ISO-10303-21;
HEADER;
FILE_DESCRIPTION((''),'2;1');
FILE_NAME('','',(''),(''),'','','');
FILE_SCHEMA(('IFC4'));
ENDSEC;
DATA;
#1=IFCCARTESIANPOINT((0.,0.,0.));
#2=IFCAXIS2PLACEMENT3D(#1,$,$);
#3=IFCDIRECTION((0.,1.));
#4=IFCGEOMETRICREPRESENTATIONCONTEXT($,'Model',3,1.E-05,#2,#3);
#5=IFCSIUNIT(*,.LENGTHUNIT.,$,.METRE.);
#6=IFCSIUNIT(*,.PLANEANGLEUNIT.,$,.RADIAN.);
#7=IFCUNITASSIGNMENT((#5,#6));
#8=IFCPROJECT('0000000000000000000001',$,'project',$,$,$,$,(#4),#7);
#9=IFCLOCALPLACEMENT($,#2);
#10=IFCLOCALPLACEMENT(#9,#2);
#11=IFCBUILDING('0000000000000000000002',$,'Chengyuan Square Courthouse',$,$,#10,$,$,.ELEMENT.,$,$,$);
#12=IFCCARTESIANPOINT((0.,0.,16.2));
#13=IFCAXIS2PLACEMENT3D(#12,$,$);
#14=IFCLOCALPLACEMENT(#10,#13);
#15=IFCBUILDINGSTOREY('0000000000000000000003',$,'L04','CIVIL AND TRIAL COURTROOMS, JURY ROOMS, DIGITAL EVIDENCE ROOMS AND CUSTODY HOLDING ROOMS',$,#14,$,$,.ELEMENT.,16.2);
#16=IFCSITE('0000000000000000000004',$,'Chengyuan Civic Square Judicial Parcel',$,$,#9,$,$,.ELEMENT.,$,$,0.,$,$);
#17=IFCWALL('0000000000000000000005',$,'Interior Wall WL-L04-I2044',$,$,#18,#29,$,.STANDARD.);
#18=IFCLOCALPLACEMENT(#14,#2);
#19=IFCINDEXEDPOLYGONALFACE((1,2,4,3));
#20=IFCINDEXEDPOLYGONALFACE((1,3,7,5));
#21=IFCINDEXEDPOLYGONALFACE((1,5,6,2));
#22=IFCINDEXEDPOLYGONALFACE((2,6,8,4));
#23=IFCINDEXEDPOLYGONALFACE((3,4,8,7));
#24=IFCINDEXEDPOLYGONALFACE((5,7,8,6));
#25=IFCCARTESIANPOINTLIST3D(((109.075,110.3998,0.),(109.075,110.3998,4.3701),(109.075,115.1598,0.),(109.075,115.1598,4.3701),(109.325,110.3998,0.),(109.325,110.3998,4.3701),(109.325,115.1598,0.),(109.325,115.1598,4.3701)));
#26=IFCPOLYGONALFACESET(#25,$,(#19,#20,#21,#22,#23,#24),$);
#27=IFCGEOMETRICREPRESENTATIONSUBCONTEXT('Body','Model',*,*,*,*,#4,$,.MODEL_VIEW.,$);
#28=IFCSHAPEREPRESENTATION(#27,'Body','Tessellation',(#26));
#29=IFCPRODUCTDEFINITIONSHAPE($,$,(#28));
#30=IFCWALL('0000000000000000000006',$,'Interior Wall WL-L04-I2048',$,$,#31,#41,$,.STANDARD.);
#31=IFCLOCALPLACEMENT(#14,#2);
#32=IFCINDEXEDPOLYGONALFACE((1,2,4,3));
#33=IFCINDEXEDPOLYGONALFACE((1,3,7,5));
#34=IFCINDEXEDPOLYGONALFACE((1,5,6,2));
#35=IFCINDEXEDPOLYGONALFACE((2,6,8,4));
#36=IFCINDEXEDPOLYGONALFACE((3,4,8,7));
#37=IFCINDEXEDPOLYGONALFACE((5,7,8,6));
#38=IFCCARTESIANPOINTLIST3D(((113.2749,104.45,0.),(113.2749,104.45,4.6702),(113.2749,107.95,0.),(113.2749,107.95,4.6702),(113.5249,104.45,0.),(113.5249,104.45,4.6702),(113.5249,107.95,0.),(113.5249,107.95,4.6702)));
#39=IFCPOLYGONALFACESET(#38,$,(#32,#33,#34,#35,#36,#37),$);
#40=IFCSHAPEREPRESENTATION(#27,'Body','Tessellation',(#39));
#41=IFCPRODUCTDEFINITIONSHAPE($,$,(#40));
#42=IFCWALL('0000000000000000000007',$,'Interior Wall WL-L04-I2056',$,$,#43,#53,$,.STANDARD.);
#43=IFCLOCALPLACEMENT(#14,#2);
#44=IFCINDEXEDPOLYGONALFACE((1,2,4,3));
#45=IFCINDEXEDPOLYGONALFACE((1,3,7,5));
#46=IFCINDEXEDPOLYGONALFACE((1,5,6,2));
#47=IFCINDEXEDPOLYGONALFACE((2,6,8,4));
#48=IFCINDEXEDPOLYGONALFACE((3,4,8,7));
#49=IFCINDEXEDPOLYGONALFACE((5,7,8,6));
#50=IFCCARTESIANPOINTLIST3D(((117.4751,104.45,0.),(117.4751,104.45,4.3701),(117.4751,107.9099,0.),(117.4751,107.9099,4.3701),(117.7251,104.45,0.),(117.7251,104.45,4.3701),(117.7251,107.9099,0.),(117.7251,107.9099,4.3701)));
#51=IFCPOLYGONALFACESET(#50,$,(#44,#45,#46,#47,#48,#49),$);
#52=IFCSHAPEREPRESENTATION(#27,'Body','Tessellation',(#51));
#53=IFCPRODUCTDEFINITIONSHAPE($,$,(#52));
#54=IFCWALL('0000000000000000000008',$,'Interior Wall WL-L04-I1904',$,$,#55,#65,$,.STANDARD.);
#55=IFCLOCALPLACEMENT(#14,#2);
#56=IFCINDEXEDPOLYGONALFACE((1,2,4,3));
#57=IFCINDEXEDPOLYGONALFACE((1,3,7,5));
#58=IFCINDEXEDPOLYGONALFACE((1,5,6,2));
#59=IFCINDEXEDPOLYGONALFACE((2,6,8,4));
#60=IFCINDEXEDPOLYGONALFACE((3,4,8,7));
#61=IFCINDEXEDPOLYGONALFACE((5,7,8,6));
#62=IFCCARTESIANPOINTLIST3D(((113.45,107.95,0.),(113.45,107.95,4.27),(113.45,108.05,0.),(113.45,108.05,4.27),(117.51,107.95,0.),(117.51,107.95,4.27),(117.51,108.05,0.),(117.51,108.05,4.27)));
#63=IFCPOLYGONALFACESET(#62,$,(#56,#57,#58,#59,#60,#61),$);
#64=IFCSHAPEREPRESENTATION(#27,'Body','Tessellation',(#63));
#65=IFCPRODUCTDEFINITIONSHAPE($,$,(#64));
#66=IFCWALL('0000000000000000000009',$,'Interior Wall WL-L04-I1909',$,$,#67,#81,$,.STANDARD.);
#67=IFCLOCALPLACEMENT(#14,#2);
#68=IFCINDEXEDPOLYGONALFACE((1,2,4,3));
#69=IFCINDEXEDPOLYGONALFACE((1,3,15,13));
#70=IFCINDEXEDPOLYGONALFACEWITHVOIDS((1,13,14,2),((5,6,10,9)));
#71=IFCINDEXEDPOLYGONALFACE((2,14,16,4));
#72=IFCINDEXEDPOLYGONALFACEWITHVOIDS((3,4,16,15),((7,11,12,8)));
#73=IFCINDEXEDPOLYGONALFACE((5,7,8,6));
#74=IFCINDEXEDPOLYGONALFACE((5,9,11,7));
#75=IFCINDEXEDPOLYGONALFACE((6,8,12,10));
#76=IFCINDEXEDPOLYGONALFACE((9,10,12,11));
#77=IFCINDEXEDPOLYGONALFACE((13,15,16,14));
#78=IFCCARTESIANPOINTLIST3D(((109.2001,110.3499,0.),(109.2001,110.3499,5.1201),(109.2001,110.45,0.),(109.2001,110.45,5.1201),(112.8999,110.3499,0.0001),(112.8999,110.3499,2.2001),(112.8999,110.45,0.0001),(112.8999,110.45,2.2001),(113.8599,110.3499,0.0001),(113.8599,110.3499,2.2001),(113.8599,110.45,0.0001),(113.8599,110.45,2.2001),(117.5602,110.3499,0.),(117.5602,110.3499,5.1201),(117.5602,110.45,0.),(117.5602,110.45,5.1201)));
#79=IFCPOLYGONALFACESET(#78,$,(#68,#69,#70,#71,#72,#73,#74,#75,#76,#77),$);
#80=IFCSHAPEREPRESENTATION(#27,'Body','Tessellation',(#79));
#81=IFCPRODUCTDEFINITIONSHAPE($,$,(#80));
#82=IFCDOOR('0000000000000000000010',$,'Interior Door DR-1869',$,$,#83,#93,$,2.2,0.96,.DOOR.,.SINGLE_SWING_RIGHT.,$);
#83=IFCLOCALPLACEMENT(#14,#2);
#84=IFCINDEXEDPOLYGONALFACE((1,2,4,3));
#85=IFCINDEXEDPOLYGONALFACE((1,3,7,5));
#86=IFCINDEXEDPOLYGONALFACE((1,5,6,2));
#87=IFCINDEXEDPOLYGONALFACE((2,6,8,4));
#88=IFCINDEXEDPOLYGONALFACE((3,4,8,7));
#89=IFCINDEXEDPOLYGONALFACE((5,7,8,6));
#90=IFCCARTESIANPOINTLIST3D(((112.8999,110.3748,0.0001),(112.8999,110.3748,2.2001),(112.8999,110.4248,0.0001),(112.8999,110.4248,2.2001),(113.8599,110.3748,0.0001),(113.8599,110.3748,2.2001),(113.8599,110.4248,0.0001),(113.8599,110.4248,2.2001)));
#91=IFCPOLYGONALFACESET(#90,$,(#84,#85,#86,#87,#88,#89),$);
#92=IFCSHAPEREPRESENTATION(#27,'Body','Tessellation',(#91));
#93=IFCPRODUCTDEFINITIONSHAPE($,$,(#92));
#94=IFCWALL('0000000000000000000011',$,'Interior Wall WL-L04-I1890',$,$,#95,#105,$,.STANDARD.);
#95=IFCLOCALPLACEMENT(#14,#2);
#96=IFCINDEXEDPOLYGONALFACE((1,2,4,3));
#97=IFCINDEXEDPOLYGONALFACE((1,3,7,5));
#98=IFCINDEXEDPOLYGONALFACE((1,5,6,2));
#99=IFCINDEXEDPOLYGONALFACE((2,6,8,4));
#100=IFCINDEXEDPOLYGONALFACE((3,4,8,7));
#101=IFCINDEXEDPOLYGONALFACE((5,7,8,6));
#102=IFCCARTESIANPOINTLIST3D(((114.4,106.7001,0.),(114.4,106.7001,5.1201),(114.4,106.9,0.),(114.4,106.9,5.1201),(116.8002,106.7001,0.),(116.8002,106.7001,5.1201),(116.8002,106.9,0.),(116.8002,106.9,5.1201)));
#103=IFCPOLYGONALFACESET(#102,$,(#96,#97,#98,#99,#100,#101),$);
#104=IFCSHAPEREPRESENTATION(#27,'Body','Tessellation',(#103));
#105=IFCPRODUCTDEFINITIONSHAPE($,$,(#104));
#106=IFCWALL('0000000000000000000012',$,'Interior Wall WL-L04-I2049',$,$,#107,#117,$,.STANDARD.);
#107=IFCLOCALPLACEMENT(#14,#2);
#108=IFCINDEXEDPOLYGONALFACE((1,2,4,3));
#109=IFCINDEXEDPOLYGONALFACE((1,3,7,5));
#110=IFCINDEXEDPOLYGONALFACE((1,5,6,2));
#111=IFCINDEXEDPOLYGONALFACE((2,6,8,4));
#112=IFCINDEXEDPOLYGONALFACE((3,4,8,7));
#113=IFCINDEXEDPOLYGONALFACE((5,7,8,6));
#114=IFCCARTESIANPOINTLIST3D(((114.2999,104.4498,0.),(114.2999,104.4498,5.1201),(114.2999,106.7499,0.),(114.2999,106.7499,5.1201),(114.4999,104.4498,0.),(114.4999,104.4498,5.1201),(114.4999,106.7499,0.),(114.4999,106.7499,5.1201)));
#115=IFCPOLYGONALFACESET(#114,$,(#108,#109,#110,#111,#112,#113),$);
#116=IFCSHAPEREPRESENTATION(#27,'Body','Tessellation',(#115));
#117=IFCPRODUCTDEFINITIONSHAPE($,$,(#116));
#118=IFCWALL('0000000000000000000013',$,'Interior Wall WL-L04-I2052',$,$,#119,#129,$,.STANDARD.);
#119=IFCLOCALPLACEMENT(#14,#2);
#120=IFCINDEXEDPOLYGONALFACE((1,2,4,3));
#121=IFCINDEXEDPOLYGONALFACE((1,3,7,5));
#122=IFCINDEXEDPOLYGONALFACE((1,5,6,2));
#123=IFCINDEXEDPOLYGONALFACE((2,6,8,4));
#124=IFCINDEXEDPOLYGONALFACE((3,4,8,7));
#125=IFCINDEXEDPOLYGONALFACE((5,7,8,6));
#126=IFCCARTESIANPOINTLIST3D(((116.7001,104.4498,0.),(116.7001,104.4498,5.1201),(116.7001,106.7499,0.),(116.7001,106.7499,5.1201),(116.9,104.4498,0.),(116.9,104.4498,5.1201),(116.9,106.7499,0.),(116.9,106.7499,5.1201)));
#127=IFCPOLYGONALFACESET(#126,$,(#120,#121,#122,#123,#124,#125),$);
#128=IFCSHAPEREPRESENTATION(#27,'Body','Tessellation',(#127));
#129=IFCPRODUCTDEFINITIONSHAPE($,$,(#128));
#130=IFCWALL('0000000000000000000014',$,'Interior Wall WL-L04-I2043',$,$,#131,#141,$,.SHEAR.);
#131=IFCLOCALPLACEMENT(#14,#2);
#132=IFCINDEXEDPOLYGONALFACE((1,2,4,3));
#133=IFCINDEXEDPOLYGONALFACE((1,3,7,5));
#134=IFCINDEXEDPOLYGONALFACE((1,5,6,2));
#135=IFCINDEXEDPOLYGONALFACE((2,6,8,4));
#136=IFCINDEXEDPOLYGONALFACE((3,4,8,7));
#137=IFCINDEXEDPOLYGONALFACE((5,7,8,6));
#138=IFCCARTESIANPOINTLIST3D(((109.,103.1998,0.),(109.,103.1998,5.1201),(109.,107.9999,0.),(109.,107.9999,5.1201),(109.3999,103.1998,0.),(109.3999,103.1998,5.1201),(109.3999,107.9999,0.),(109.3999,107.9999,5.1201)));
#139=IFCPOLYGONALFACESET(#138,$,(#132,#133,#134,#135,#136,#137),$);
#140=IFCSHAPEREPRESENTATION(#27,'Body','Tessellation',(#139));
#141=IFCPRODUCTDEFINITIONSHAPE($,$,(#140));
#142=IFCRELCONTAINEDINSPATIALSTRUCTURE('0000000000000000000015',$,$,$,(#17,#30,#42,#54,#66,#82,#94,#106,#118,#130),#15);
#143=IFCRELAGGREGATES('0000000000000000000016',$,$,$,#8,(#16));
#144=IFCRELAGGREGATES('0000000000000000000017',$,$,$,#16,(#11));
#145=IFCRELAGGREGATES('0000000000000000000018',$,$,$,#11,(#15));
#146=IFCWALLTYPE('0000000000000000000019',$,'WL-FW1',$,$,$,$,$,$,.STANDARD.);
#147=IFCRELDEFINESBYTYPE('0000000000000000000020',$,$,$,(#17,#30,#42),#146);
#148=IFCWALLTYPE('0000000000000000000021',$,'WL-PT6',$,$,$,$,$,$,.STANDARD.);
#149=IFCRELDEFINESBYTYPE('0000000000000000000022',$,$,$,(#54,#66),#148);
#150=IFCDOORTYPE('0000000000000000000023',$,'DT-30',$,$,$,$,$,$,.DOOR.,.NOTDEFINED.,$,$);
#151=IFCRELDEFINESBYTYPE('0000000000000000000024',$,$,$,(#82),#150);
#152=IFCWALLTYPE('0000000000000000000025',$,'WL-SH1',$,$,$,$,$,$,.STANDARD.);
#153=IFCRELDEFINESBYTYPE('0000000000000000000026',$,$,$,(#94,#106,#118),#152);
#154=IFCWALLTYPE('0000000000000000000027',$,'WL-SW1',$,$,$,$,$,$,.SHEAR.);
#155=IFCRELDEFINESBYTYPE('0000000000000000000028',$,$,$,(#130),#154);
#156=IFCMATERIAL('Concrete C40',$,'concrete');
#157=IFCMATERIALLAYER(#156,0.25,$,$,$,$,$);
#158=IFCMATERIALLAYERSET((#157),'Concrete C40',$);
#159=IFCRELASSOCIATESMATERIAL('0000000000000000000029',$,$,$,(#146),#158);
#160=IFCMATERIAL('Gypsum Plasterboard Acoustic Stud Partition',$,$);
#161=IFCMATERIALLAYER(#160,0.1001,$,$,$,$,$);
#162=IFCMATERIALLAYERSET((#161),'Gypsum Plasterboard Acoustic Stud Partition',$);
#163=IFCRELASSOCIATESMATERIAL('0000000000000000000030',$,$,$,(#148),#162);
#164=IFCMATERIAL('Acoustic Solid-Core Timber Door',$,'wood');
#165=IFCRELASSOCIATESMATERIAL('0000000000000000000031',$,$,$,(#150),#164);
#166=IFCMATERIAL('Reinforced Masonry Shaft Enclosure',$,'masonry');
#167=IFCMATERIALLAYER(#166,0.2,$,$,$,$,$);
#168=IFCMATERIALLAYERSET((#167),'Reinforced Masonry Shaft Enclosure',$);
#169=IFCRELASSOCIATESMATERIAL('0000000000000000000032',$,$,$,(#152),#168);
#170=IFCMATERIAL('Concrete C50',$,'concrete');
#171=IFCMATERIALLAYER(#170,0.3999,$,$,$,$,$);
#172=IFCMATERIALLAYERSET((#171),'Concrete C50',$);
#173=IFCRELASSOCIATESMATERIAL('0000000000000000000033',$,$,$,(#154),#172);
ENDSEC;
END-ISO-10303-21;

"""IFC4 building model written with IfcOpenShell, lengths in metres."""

from ifc_helpers import new_model, si_unit, direction, frame, frame_2d, origin, place, context, subcontext, project, spatial, rectangle, extrude, material, layer, layer_set, type_object, element, fill, save


model = new_model("IFC4")

# Units and contexts
model_context = context("Model", 3, precision=1e-05, world=origin(), true_north=direction((0.0, 1.0)))
body_context = subcontext(model_context, "Body", "Model", "MODEL_VIEW")
ifc_project = project(units=[si_unit("LENGTHUNIT", "METRE"), si_unit("PLANEANGLEUNIT", "RADIAN")], contexts=[model_context])

# Site, building, storey
site_placement = place(None, origin())
site = spatial("IfcSite", under=ifc_project, at=site_placement, Name="Chengyuan Civic Square Judicial Parcel", CompositionType="ELEMENT", RefElevation=0.0)
building_placement = place(site_placement, origin())
building = spatial("IfcBuilding", under=site, at=building_placement, Name="Chengyuan Square Courthouse", CompositionType="ELEMENT")
storey_placement = place(building_placement, frame((0.0, 0.0, 16.2)))
storey = spatial("IfcBuildingStorey", under=building, at=storey_placement, Name="L04", Description="CIVIL AND TRIAL COURTROOMS, JURY ROOMS, DIGITAL EVIDENCE ROOMS AND CUSTODY HOLDING ROOMS", CompositionType="ELEMENT", Elevation=16.2)

# Shared definitions
ifc_material_1 = material(Name="Concrete C50", Category="concrete")
ifc_material_2 = material(Name="Concrete C40", Category="concrete")

# Shared definitions
ifc_layer_1 = layer(ifc_material_2, 0.25)
ifc_layer_set_1 = layer_set([ifc_layer_1], Name="Concrete C40")
wall_type_1 = type_object("IfcWallType", Name="WL-FW1", PredefinedType="STANDARD", material=ifc_layer_set_1)

# Walls
wall_1_placement = place(storey_placement, frame((109.2, 110.3999, 0.0), z_axis=(0.0, 0.0, 1.0), x_axis=(0.0, 1.0, 0.0)))
element("IfcWall", 1, at=wall_1_placement, inside=storey, type_object=wall_type_1, Name="Interior Wall WL-L04-I2044", PredefinedType="STANDARD", context=body_context, shape_type="SweptSolid", body=[
    extrude(rectangle(XDim=4.76, YDim=0.25, at=frame_2d((2.3799, 0.0))), origin(), (0.0, 0.0, 1.0), 4.3701),
])
wall_2_placement = place(storey_placement, frame((113.3999, 104.45, 0.0), z_axis=(0.0, 0.0, 1.0), x_axis=(0.0, 1.0, 0.0)))
element("IfcWall", 2, at=wall_2_placement, inside=storey, type_object=wall_type_1, Name="Interior Wall WL-L04-I2048", PredefinedType="STANDARD", context=body_context, shape_type="SweptSolid", body=[
    extrude(rectangle(XDim=3.5, YDim=0.25, at=frame_2d((1.75, 0.0))), origin(), (0.0, 0.0, 1.0), 4.6702),
])
wall_3_placement = place(storey_placement, frame((117.6001, 104.45, 0.0), z_axis=(0.0, 0.0, 1.0), x_axis=(0.0, 1.0, 0.0)))
element("IfcWall", 3, at=wall_3_placement, inside=storey, type_object=wall_type_1, Name="Interior Wall WL-L04-I2056", PredefinedType="STANDARD", context=body_context, shape_type="SweptSolid", body=[
    extrude(rectangle(XDim=3.46, YDim=0.25, at=frame_2d((1.73, 0.0))), origin(), (0.0, 0.0, 1.0), 4.3701),
])
ifc_material_3 = material(Name="Gypsum Plasterboard Acoustic Stud Partition")
ifc_layer_2 = layer(ifc_material_3, 0.1001)
ifc_layer_set_2 = layer_set([ifc_layer_2], Name="Gypsum Plasterboard Acoustic Stud Partition")
wall_type_2 = type_object("IfcWallType", Name="WL-PT6", PredefinedType="STANDARD", material=ifc_layer_set_2)
wall_4_placement = place(storey_placement, frame((113.45, 108.0, 0.0), z_axis=(0.0, 0.0, 1.0), x_axis=(1.0, 0.0, 0.0)))
element("IfcWall", 4, at=wall_4_placement, inside=storey, type_object=wall_type_2, Name="Interior Wall WL-L04-I1904", PredefinedType="STANDARD", context=body_context, shape_type="SweptSolid", body=[
    extrude(rectangle(XDim=4.0601, YDim=0.1001, at=frame_2d((2.03, 0.0))), origin(), (0.0, 0.0, 1.0), 4.27),
])

# Wall, opening, door
wall_5_placement = place(storey_placement, frame((109.2, 110.3999, 0.0), z_axis=(0.0, 0.0, 1.0), x_axis=(1.0, 0.0, 0.0)))
wall_5 = element("IfcWall", 5, at=wall_5_placement, inside=storey, type_object=wall_type_2, Name="Interior Wall WL-L04-I1909", PredefinedType="STANDARD", context=body_context, shape_type="SweptSolid", body=[
    extrude(rectangle(XDim=8.3601, YDim=0.1001, at=frame_2d((4.1802, 0.0))), origin(), (0.0, 0.0, 1.0), 5.1201),
])
opening_1_placement = place(wall_5_placement, frame((3.7, 0.0, 0.0)))
opening_1 = element("IfcOpeningElement", 6, at=opening_1_placement, cuts=wall_5, PredefinedType="OPENING", context=body_context, shape_type="SweptSolid", body=[
    extrude(rectangle(XDim=0.96, YDim=2.2, at=frame_2d((0.48, 1.1001))), frame((0.0, 0.062, 0.0), z_axis=(0.0, -1.0, 0.0), x_axis=(1.0, 0.0, 0.0)), (0.0, 0.0, 1.0), 0.124),
])
ifc_material_4 = material(Name="Acoustic Solid-Core Timber Door", Category="wood")
door_type_1 = type_object("IfcDoorType", Name="DT-30", OperationType="NOTDEFINED", PredefinedType="DOOR", material=ifc_material_4)
door_1_placement = place(opening_1_placement, origin())
door_1 = element("IfcDoor", 7, at=door_1_placement, inside=storey, type_object=door_type_1, Name="Interior Door DR-1869", OperationType="SINGLE_SWING_RIGHT", OverallHeight=2.2, OverallWidth=0.96, PredefinedType="DOOR", context=body_context, shape_type="SweptSolid", body=[
    extrude(rectangle(XDim=0.96, YDim=2.2, at=frame_2d((0.48, 1.1001))), frame((0.0, 0.0249, 0.0), z_axis=(0.0, -1.0, 0.0), x_axis=(1.0, 0.0, 0.0)), (0.0, 0.0, 1.0), 0.05),
])
fill(opening_1, door_1)
ifc_material_5 = material(Name="Reinforced Masonry Shaft Enclosure", Category="masonry")
ifc_layer_3 = layer(ifc_material_5, 0.2)
ifc_layer_set_3 = layer_set([ifc_layer_3], Name="Reinforced Masonry Shaft Enclosure")
wall_type_3 = type_object("IfcWallType", Name="WL-SH1", PredefinedType="STANDARD", material=ifc_layer_set_3)

# Walls
wall_6_placement = place(storey_placement, frame((114.3999, 106.8, 0.0), z_axis=(0.0, 0.0, 1.0), x_axis=(1.0, 0.0, 0.0)))
element("IfcWall", 8, at=wall_6_placement, inside=storey, type_object=wall_type_3, Name="Interior Wall WL-L04-I1890", PredefinedType="STANDARD", context=body_context, shape_type="SweptSolid", body=[
    extrude(rectangle(XDim=2.4001, YDim=0.2, at=frame_2d((1.2002, 0.0))), origin(), (0.0, 0.0, 1.0), 5.1201),
])
for number, where, z_axis, x_axis, name in (
    (9, (114.3999, 104.45, 0.0), (0.0, 0.0, 1.0), (0.0, 1.0, 0.0), "Interior Wall WL-L04-I2049"),
    (10, (116.8, 104.45, 0.0), (0.0, 0.0, 1.0), (0.0, 1.0, 0.0), "Interior Wall WL-L04-I2052"),
):
    element("IfcWall", number, at=place(storey_placement, frame(where, z_axis=z_axis, x_axis=x_axis)), inside=storey, type_object=wall_type_3, Name=name, PredefinedType="STANDARD", context=body_context, shape_type="SweptSolid", body=[
        extrude(rectangle(XDim=2.3, YDim=0.2, at=frame_2d((1.1499, 0.0))), origin(), (0.0, 0.0, 1.0), 5.1201),
    ])
ifc_layer_4 = layer(ifc_material_1, 0.3999)
ifc_layer_set_4 = layer_set([ifc_layer_4], Name="Concrete C50")
wall_type_4 = type_object("IfcWallType", Name="WL-SW1", PredefinedType="SHEAR", material=ifc_layer_set_4)
wall_7_placement = place(storey_placement, frame((109.2, 103.2, 0.0), z_axis=(0.0, 0.0, 1.0), x_axis=(0.0, 1.0, 0.0)))
element("IfcWall", 11, at=wall_7_placement, inside=storey, type_object=wall_type_4, Name="Interior Wall WL-L04-I2043", PredefinedType="SHEAR", context=body_context, shape_type="SweptSolid", body=[
    extrude(rectangle(XDim=4.8, YDim=0.3999, at=frame_2d((2.3999, 0.0))), origin(), (0.0, 0.0, 1.0), 5.1201),
])

save(model, "model.ifc")
